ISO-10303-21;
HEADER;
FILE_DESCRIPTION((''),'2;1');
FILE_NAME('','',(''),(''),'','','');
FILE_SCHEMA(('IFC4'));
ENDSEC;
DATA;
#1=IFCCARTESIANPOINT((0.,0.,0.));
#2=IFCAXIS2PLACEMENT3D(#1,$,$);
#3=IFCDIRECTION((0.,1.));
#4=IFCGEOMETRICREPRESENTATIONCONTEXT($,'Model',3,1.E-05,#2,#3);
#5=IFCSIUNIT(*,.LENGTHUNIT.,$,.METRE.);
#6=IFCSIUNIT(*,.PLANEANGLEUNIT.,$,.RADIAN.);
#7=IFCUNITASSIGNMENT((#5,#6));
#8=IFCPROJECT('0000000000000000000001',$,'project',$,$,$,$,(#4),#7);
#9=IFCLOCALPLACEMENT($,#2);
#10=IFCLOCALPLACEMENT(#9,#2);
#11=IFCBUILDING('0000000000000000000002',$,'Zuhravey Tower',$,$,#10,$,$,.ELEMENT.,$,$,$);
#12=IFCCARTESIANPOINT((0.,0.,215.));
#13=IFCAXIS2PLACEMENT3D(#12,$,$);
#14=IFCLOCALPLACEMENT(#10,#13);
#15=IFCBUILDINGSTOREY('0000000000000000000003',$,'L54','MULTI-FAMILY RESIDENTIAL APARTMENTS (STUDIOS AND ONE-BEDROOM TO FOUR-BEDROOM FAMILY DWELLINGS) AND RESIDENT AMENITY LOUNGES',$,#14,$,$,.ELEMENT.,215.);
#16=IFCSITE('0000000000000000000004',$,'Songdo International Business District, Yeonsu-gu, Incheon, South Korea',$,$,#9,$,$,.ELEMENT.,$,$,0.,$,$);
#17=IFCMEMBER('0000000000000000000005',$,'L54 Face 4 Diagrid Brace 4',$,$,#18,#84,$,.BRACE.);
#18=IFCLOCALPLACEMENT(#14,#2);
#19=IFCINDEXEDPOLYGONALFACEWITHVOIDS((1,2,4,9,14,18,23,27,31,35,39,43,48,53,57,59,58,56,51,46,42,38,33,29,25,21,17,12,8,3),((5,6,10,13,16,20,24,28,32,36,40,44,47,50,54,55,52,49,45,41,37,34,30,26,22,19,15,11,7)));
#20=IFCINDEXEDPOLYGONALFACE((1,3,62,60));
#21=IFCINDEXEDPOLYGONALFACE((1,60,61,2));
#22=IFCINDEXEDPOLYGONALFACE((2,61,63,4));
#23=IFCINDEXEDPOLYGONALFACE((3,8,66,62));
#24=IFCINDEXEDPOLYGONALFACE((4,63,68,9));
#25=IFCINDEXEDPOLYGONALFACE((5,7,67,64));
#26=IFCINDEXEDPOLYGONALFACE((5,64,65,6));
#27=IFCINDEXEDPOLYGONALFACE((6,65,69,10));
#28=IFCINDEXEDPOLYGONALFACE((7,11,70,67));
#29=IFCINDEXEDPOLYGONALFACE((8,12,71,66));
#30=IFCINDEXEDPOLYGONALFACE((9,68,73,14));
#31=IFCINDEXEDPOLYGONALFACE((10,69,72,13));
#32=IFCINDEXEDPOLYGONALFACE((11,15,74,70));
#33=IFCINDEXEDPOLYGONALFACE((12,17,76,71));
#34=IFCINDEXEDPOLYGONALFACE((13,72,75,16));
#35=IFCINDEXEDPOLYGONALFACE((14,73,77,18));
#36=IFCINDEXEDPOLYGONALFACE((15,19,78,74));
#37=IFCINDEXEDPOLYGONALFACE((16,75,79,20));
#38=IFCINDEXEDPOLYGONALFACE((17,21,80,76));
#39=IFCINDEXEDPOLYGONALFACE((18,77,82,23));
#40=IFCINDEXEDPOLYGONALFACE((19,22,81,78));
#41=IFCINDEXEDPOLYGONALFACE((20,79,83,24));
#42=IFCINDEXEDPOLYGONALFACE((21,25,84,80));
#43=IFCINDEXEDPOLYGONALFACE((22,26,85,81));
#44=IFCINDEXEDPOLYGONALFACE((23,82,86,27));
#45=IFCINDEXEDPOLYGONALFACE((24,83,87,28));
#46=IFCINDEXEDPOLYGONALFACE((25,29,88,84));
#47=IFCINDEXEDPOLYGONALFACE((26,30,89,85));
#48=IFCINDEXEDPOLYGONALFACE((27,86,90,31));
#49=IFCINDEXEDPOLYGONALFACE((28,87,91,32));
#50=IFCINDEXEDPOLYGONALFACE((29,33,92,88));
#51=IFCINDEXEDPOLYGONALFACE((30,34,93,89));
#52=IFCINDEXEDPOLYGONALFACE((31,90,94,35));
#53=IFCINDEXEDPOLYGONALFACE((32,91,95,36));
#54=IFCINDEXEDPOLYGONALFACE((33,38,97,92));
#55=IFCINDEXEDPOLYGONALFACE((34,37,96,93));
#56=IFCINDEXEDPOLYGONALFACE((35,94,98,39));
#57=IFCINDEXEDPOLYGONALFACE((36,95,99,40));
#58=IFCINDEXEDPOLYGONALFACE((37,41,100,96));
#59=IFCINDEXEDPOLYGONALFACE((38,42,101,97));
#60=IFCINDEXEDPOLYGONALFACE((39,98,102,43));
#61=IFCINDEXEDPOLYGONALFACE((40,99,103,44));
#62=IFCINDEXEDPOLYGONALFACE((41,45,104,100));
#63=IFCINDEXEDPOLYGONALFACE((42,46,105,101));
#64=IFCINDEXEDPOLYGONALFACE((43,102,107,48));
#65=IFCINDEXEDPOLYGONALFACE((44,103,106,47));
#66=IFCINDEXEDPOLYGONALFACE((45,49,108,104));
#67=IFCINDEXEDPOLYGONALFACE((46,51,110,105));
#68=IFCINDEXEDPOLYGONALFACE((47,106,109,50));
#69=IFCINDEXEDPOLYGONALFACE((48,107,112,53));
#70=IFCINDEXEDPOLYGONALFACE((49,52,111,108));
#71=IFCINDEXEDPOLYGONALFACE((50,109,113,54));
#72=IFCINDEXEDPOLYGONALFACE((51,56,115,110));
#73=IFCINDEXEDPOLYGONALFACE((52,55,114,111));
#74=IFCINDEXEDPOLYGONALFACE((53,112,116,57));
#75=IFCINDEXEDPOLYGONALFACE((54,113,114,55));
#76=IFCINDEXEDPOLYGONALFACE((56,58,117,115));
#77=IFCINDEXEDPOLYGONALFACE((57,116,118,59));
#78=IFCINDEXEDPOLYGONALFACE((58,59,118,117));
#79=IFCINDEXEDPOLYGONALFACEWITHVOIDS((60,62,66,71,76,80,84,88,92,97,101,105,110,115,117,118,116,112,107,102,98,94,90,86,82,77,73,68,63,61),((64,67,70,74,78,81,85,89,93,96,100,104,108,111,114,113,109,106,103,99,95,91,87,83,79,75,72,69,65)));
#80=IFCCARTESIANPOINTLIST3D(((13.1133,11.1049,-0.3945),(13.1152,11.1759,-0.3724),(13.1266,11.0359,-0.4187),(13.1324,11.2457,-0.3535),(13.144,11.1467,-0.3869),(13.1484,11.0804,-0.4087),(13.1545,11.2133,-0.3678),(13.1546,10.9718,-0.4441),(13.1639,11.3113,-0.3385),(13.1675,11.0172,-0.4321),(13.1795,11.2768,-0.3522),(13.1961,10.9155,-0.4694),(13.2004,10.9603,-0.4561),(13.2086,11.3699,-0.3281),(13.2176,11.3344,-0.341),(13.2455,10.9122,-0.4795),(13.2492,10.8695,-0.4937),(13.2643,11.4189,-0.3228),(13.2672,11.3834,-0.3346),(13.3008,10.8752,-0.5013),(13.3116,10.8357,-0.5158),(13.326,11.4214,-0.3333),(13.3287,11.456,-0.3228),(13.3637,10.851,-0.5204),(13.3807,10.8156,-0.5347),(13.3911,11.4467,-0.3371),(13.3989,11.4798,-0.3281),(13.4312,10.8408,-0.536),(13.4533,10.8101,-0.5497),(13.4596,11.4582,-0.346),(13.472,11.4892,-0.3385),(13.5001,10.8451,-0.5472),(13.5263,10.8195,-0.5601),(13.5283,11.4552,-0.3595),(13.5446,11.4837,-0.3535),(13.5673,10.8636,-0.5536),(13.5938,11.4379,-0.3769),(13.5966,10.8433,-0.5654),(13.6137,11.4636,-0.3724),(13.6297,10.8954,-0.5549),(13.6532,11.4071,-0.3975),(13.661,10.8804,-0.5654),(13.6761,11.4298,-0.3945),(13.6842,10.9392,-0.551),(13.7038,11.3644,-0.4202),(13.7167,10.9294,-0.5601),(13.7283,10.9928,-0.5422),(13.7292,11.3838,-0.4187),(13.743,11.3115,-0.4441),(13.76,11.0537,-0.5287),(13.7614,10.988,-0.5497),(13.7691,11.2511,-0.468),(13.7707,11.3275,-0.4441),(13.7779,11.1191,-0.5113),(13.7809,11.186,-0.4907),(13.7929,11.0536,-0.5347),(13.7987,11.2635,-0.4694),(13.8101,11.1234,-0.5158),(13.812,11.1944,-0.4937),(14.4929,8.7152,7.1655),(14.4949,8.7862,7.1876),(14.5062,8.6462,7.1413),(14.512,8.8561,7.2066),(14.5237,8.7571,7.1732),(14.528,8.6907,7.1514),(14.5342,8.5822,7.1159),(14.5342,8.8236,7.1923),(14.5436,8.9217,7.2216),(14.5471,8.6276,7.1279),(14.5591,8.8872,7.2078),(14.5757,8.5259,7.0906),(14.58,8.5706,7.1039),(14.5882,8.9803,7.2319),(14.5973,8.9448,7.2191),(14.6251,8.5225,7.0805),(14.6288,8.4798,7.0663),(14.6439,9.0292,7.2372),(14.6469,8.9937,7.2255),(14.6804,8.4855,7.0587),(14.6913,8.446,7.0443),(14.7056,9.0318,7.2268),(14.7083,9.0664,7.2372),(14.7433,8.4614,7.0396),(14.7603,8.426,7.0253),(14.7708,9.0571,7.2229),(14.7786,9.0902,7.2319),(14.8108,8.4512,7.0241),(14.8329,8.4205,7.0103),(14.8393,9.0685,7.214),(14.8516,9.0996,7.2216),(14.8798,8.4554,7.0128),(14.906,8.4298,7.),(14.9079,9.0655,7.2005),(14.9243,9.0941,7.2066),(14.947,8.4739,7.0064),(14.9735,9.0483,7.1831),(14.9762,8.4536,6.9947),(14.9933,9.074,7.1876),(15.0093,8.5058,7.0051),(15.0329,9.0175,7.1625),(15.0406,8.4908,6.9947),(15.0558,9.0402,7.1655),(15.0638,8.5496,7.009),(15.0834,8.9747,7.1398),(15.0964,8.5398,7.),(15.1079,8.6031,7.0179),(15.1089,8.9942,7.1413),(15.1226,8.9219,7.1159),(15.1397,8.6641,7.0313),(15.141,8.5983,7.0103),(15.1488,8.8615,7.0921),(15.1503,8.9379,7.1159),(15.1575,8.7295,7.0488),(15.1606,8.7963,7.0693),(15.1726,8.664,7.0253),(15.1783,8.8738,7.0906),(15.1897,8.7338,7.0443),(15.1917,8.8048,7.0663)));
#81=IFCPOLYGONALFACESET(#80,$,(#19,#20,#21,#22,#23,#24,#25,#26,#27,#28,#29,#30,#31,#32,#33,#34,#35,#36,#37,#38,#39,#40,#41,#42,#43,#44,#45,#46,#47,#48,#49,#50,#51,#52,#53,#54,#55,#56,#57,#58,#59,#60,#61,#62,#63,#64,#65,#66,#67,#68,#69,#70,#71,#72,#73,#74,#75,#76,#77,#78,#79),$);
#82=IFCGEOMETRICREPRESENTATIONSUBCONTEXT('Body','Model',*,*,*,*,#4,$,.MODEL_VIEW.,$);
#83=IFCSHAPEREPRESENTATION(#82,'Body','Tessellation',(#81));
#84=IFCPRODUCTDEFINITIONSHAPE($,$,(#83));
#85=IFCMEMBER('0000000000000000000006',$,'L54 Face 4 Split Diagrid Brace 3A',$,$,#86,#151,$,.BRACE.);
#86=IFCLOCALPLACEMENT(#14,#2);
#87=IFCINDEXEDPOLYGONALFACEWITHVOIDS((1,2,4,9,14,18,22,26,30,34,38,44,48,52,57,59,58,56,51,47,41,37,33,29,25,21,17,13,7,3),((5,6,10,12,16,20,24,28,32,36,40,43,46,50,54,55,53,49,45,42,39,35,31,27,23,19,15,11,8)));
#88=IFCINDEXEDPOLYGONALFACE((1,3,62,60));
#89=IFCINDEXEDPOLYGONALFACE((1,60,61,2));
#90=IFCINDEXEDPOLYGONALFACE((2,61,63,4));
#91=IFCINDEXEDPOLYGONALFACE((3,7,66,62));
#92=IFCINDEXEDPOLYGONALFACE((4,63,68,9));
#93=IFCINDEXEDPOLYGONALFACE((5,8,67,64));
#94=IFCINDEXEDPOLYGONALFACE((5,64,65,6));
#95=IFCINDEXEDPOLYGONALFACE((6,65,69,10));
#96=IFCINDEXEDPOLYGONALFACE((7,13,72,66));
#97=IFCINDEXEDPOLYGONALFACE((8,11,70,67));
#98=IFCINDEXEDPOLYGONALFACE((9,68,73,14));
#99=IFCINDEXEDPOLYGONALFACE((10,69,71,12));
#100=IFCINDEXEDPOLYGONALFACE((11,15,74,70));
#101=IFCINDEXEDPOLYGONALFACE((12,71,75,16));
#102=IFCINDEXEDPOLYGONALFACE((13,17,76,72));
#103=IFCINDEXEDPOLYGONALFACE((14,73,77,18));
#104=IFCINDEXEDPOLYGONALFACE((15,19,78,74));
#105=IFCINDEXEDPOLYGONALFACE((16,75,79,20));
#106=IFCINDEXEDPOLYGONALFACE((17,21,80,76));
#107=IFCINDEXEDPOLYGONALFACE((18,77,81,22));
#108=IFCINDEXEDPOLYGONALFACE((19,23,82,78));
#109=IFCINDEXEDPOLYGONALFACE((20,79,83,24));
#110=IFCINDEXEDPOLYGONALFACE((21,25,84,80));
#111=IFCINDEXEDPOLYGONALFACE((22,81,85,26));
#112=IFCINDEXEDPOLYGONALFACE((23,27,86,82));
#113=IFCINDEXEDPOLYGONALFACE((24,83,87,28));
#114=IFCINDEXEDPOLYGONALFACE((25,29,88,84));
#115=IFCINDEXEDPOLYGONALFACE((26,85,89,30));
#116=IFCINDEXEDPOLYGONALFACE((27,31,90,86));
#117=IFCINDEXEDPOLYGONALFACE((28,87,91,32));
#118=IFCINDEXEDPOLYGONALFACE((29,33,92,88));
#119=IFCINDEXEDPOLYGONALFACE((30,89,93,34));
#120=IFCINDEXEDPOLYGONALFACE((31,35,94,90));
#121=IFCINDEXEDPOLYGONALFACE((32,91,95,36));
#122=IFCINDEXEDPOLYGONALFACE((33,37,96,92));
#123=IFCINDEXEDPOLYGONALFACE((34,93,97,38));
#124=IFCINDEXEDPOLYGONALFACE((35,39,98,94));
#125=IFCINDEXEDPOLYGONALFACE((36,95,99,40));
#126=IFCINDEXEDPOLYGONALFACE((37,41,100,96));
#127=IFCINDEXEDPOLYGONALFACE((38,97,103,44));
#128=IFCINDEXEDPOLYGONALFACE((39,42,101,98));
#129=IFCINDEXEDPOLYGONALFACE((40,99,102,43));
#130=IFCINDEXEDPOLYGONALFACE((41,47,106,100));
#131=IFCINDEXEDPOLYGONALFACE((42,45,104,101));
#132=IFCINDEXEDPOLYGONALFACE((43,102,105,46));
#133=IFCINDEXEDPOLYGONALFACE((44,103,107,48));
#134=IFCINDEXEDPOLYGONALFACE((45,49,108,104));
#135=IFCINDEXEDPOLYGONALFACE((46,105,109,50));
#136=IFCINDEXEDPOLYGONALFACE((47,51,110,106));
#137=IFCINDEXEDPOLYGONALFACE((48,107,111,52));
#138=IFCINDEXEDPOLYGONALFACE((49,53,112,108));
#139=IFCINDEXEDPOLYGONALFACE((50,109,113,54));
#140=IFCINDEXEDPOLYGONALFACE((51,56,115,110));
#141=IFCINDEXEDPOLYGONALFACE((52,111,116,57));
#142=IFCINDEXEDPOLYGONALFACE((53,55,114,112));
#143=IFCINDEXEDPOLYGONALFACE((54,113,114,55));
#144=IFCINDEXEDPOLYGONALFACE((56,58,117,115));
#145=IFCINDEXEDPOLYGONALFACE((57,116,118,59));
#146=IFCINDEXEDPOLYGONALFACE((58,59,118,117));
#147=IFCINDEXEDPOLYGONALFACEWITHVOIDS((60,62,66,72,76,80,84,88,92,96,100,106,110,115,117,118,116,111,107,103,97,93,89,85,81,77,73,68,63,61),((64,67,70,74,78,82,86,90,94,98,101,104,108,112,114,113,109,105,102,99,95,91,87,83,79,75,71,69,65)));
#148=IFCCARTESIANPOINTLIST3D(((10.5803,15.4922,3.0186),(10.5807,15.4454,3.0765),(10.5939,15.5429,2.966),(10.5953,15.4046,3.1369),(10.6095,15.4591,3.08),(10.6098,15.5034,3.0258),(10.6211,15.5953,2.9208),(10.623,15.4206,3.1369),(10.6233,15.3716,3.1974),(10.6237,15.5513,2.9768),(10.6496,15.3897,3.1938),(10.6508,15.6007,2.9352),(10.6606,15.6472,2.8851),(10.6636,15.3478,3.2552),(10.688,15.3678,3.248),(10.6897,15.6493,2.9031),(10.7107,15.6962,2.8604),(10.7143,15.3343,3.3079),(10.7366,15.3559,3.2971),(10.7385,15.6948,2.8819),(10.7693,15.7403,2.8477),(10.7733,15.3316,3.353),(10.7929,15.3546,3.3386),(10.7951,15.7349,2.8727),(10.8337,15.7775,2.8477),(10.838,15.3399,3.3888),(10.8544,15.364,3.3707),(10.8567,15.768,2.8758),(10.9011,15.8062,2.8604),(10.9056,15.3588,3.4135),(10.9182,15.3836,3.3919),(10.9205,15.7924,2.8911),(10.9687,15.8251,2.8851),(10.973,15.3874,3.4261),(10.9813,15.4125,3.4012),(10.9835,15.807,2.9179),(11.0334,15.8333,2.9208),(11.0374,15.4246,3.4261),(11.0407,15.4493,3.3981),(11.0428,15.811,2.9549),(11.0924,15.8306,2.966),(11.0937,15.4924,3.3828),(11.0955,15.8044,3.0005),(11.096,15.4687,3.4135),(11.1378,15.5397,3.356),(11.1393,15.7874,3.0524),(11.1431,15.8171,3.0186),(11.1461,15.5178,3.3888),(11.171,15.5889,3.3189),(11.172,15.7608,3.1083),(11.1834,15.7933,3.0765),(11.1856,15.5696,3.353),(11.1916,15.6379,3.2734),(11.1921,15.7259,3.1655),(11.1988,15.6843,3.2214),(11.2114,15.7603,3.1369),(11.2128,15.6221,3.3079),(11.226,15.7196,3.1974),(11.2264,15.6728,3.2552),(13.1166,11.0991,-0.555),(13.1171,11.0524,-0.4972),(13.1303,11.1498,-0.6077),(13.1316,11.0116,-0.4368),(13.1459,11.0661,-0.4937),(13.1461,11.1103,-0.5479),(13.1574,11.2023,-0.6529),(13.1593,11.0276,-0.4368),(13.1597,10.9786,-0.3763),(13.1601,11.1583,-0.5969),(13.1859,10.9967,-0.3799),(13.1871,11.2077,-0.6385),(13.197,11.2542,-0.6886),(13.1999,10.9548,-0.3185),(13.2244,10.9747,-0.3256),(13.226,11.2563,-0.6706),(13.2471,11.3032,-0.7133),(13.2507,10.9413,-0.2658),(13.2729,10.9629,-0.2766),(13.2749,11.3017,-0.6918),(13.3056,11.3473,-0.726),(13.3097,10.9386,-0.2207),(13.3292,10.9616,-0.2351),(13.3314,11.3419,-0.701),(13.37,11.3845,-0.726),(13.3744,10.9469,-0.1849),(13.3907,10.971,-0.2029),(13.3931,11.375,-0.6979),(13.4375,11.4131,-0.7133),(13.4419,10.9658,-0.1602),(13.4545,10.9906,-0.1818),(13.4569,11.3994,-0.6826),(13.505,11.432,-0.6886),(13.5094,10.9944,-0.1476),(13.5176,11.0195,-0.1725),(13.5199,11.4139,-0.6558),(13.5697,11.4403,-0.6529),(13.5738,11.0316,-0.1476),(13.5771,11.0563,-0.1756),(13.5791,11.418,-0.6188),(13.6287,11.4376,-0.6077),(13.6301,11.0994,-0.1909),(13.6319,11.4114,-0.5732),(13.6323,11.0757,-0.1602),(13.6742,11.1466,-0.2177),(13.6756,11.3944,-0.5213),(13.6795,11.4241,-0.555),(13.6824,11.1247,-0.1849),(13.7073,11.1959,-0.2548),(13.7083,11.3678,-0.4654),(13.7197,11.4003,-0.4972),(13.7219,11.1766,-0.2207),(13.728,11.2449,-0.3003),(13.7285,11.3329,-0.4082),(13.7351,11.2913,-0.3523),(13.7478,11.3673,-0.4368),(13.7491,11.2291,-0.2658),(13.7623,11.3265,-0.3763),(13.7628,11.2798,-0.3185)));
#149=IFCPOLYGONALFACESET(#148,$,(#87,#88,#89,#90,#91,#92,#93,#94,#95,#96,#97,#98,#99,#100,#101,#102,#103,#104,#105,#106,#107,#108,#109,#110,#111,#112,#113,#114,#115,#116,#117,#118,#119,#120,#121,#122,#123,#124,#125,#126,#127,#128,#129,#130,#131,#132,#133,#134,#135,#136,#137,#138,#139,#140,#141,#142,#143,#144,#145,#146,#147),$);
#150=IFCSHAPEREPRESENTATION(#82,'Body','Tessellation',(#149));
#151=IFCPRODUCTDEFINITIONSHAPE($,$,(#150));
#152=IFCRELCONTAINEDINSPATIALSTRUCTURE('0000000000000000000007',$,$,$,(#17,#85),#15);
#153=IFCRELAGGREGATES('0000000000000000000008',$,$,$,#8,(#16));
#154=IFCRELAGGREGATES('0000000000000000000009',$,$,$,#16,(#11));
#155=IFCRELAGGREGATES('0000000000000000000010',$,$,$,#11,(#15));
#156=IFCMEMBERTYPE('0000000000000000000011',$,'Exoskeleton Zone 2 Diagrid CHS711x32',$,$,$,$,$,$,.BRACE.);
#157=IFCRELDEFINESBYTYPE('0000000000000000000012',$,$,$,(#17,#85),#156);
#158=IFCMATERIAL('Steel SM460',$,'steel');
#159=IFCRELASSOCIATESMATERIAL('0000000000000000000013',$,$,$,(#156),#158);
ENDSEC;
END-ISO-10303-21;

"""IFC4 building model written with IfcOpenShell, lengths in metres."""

from ifc_helpers import new_model, si_unit, direction, frame, origin, origin_2d, place, context, subcontext, project, spatial, hollow_circle, extrude, material, material_profile, profile_set, type_object, element, save


model = new_model("IFC4")

# Units and contexts
model_context = context("Model", 3, precision=1e-05, world=origin(), true_north=direction((0.0, 1.0)))
body_context = subcontext(model_context, "Body", "Model", "MODEL_VIEW")
ifc_project = project(units=[si_unit("LENGTHUNIT", "METRE"), si_unit("PLANEANGLEUNIT", "RADIAN")], contexts=[model_context])

# Site, building, storey
site_placement = place(None, origin())
site = spatial("IfcSite", under=ifc_project, at=site_placement, Name="Songdo International Business District, Yeonsu-gu, Incheon, South Korea", CompositionType="ELEMENT", RefElevation=0.0)
building_placement = place(site_placement, origin())
building = spatial("IfcBuilding", under=site, at=building_placement, Name="Zuhravey Tower", CompositionType="ELEMENT")
storey_placement = place(building_placement, frame((0.0, 0.0, 215.0)))
storey = spatial("IfcBuildingStorey", under=building, at=storey_placement, Name="L54", Description="MULTI-FAMILY RESIDENTIAL APARTMENTS (STUDIOS AND ONE-BEDROOM TO FOUR-BEDROOM FAMILY DWELLINGS) AND RESIDENT AMENITY LOUNGES", CompositionType="ELEMENT", Elevation=215.0)

# Members
ifc_material_1 = material(Name="Steel SM460", Category="steel")
ifc_material_profile_1 = material_profile(ifc_material_1, hollow_circle(Radius=0.3557, WallThickness=0.032, at=origin_2d()), Name="CHS-711.2x32")
ifc_profile_set_1 = profile_set([ifc_material_profile_1], Name="Steel SM460")
member_type_1 = type_object("IfcMemberType", Name="Exoskeleton Zone 2 Diagrid CHS711x32", PredefinedType="BRACE", material=ifc_profile_set_1)
member_1_placement = place(storey_placement, frame((13.4626, 11.1497, -0.4441), z_axis=(0.171429, -0.296929, 0.939386), x_axis=(0.866029, 0.499993, 0.0)))
element("IfcMember", 1, at=member_1_placement, inside=storey, type_object=member_type_1, Name="L54 Face 4 Diagrid Brace 4", PredefinedType="BRACE", context=body_context, shape_type="SweptSolid", body=[
    extrude(hollow_circle(Radius=0.3557, WallThickness=0.032, at=origin_2d()), origin(), (0.0, 0.0, 1.0), 8.0479),
])
member_2_placement = place(storey_placement, frame((13.4397, 11.1895, -0.4368), z_axis=(-0.408754, 0.707972, 0.57593), x_axis=(-0.866022, -0.500006, 0.0)))
element("IfcMember", 2, at=member_2_placement, inside=storey, type_object=member_type_1, Name="L54 Face 4 Split Diagrid Brace 3A", PredefinedType="BRACE", context=body_context, shape_type="SweptSolid", body=[
    extrude(hollow_circle(Radius=0.3557, WallThickness=0.032, at=origin_2d()), origin(), (0.0, 0.0, 1.0), 6.2051),
])

save(model, "model.ifc")
